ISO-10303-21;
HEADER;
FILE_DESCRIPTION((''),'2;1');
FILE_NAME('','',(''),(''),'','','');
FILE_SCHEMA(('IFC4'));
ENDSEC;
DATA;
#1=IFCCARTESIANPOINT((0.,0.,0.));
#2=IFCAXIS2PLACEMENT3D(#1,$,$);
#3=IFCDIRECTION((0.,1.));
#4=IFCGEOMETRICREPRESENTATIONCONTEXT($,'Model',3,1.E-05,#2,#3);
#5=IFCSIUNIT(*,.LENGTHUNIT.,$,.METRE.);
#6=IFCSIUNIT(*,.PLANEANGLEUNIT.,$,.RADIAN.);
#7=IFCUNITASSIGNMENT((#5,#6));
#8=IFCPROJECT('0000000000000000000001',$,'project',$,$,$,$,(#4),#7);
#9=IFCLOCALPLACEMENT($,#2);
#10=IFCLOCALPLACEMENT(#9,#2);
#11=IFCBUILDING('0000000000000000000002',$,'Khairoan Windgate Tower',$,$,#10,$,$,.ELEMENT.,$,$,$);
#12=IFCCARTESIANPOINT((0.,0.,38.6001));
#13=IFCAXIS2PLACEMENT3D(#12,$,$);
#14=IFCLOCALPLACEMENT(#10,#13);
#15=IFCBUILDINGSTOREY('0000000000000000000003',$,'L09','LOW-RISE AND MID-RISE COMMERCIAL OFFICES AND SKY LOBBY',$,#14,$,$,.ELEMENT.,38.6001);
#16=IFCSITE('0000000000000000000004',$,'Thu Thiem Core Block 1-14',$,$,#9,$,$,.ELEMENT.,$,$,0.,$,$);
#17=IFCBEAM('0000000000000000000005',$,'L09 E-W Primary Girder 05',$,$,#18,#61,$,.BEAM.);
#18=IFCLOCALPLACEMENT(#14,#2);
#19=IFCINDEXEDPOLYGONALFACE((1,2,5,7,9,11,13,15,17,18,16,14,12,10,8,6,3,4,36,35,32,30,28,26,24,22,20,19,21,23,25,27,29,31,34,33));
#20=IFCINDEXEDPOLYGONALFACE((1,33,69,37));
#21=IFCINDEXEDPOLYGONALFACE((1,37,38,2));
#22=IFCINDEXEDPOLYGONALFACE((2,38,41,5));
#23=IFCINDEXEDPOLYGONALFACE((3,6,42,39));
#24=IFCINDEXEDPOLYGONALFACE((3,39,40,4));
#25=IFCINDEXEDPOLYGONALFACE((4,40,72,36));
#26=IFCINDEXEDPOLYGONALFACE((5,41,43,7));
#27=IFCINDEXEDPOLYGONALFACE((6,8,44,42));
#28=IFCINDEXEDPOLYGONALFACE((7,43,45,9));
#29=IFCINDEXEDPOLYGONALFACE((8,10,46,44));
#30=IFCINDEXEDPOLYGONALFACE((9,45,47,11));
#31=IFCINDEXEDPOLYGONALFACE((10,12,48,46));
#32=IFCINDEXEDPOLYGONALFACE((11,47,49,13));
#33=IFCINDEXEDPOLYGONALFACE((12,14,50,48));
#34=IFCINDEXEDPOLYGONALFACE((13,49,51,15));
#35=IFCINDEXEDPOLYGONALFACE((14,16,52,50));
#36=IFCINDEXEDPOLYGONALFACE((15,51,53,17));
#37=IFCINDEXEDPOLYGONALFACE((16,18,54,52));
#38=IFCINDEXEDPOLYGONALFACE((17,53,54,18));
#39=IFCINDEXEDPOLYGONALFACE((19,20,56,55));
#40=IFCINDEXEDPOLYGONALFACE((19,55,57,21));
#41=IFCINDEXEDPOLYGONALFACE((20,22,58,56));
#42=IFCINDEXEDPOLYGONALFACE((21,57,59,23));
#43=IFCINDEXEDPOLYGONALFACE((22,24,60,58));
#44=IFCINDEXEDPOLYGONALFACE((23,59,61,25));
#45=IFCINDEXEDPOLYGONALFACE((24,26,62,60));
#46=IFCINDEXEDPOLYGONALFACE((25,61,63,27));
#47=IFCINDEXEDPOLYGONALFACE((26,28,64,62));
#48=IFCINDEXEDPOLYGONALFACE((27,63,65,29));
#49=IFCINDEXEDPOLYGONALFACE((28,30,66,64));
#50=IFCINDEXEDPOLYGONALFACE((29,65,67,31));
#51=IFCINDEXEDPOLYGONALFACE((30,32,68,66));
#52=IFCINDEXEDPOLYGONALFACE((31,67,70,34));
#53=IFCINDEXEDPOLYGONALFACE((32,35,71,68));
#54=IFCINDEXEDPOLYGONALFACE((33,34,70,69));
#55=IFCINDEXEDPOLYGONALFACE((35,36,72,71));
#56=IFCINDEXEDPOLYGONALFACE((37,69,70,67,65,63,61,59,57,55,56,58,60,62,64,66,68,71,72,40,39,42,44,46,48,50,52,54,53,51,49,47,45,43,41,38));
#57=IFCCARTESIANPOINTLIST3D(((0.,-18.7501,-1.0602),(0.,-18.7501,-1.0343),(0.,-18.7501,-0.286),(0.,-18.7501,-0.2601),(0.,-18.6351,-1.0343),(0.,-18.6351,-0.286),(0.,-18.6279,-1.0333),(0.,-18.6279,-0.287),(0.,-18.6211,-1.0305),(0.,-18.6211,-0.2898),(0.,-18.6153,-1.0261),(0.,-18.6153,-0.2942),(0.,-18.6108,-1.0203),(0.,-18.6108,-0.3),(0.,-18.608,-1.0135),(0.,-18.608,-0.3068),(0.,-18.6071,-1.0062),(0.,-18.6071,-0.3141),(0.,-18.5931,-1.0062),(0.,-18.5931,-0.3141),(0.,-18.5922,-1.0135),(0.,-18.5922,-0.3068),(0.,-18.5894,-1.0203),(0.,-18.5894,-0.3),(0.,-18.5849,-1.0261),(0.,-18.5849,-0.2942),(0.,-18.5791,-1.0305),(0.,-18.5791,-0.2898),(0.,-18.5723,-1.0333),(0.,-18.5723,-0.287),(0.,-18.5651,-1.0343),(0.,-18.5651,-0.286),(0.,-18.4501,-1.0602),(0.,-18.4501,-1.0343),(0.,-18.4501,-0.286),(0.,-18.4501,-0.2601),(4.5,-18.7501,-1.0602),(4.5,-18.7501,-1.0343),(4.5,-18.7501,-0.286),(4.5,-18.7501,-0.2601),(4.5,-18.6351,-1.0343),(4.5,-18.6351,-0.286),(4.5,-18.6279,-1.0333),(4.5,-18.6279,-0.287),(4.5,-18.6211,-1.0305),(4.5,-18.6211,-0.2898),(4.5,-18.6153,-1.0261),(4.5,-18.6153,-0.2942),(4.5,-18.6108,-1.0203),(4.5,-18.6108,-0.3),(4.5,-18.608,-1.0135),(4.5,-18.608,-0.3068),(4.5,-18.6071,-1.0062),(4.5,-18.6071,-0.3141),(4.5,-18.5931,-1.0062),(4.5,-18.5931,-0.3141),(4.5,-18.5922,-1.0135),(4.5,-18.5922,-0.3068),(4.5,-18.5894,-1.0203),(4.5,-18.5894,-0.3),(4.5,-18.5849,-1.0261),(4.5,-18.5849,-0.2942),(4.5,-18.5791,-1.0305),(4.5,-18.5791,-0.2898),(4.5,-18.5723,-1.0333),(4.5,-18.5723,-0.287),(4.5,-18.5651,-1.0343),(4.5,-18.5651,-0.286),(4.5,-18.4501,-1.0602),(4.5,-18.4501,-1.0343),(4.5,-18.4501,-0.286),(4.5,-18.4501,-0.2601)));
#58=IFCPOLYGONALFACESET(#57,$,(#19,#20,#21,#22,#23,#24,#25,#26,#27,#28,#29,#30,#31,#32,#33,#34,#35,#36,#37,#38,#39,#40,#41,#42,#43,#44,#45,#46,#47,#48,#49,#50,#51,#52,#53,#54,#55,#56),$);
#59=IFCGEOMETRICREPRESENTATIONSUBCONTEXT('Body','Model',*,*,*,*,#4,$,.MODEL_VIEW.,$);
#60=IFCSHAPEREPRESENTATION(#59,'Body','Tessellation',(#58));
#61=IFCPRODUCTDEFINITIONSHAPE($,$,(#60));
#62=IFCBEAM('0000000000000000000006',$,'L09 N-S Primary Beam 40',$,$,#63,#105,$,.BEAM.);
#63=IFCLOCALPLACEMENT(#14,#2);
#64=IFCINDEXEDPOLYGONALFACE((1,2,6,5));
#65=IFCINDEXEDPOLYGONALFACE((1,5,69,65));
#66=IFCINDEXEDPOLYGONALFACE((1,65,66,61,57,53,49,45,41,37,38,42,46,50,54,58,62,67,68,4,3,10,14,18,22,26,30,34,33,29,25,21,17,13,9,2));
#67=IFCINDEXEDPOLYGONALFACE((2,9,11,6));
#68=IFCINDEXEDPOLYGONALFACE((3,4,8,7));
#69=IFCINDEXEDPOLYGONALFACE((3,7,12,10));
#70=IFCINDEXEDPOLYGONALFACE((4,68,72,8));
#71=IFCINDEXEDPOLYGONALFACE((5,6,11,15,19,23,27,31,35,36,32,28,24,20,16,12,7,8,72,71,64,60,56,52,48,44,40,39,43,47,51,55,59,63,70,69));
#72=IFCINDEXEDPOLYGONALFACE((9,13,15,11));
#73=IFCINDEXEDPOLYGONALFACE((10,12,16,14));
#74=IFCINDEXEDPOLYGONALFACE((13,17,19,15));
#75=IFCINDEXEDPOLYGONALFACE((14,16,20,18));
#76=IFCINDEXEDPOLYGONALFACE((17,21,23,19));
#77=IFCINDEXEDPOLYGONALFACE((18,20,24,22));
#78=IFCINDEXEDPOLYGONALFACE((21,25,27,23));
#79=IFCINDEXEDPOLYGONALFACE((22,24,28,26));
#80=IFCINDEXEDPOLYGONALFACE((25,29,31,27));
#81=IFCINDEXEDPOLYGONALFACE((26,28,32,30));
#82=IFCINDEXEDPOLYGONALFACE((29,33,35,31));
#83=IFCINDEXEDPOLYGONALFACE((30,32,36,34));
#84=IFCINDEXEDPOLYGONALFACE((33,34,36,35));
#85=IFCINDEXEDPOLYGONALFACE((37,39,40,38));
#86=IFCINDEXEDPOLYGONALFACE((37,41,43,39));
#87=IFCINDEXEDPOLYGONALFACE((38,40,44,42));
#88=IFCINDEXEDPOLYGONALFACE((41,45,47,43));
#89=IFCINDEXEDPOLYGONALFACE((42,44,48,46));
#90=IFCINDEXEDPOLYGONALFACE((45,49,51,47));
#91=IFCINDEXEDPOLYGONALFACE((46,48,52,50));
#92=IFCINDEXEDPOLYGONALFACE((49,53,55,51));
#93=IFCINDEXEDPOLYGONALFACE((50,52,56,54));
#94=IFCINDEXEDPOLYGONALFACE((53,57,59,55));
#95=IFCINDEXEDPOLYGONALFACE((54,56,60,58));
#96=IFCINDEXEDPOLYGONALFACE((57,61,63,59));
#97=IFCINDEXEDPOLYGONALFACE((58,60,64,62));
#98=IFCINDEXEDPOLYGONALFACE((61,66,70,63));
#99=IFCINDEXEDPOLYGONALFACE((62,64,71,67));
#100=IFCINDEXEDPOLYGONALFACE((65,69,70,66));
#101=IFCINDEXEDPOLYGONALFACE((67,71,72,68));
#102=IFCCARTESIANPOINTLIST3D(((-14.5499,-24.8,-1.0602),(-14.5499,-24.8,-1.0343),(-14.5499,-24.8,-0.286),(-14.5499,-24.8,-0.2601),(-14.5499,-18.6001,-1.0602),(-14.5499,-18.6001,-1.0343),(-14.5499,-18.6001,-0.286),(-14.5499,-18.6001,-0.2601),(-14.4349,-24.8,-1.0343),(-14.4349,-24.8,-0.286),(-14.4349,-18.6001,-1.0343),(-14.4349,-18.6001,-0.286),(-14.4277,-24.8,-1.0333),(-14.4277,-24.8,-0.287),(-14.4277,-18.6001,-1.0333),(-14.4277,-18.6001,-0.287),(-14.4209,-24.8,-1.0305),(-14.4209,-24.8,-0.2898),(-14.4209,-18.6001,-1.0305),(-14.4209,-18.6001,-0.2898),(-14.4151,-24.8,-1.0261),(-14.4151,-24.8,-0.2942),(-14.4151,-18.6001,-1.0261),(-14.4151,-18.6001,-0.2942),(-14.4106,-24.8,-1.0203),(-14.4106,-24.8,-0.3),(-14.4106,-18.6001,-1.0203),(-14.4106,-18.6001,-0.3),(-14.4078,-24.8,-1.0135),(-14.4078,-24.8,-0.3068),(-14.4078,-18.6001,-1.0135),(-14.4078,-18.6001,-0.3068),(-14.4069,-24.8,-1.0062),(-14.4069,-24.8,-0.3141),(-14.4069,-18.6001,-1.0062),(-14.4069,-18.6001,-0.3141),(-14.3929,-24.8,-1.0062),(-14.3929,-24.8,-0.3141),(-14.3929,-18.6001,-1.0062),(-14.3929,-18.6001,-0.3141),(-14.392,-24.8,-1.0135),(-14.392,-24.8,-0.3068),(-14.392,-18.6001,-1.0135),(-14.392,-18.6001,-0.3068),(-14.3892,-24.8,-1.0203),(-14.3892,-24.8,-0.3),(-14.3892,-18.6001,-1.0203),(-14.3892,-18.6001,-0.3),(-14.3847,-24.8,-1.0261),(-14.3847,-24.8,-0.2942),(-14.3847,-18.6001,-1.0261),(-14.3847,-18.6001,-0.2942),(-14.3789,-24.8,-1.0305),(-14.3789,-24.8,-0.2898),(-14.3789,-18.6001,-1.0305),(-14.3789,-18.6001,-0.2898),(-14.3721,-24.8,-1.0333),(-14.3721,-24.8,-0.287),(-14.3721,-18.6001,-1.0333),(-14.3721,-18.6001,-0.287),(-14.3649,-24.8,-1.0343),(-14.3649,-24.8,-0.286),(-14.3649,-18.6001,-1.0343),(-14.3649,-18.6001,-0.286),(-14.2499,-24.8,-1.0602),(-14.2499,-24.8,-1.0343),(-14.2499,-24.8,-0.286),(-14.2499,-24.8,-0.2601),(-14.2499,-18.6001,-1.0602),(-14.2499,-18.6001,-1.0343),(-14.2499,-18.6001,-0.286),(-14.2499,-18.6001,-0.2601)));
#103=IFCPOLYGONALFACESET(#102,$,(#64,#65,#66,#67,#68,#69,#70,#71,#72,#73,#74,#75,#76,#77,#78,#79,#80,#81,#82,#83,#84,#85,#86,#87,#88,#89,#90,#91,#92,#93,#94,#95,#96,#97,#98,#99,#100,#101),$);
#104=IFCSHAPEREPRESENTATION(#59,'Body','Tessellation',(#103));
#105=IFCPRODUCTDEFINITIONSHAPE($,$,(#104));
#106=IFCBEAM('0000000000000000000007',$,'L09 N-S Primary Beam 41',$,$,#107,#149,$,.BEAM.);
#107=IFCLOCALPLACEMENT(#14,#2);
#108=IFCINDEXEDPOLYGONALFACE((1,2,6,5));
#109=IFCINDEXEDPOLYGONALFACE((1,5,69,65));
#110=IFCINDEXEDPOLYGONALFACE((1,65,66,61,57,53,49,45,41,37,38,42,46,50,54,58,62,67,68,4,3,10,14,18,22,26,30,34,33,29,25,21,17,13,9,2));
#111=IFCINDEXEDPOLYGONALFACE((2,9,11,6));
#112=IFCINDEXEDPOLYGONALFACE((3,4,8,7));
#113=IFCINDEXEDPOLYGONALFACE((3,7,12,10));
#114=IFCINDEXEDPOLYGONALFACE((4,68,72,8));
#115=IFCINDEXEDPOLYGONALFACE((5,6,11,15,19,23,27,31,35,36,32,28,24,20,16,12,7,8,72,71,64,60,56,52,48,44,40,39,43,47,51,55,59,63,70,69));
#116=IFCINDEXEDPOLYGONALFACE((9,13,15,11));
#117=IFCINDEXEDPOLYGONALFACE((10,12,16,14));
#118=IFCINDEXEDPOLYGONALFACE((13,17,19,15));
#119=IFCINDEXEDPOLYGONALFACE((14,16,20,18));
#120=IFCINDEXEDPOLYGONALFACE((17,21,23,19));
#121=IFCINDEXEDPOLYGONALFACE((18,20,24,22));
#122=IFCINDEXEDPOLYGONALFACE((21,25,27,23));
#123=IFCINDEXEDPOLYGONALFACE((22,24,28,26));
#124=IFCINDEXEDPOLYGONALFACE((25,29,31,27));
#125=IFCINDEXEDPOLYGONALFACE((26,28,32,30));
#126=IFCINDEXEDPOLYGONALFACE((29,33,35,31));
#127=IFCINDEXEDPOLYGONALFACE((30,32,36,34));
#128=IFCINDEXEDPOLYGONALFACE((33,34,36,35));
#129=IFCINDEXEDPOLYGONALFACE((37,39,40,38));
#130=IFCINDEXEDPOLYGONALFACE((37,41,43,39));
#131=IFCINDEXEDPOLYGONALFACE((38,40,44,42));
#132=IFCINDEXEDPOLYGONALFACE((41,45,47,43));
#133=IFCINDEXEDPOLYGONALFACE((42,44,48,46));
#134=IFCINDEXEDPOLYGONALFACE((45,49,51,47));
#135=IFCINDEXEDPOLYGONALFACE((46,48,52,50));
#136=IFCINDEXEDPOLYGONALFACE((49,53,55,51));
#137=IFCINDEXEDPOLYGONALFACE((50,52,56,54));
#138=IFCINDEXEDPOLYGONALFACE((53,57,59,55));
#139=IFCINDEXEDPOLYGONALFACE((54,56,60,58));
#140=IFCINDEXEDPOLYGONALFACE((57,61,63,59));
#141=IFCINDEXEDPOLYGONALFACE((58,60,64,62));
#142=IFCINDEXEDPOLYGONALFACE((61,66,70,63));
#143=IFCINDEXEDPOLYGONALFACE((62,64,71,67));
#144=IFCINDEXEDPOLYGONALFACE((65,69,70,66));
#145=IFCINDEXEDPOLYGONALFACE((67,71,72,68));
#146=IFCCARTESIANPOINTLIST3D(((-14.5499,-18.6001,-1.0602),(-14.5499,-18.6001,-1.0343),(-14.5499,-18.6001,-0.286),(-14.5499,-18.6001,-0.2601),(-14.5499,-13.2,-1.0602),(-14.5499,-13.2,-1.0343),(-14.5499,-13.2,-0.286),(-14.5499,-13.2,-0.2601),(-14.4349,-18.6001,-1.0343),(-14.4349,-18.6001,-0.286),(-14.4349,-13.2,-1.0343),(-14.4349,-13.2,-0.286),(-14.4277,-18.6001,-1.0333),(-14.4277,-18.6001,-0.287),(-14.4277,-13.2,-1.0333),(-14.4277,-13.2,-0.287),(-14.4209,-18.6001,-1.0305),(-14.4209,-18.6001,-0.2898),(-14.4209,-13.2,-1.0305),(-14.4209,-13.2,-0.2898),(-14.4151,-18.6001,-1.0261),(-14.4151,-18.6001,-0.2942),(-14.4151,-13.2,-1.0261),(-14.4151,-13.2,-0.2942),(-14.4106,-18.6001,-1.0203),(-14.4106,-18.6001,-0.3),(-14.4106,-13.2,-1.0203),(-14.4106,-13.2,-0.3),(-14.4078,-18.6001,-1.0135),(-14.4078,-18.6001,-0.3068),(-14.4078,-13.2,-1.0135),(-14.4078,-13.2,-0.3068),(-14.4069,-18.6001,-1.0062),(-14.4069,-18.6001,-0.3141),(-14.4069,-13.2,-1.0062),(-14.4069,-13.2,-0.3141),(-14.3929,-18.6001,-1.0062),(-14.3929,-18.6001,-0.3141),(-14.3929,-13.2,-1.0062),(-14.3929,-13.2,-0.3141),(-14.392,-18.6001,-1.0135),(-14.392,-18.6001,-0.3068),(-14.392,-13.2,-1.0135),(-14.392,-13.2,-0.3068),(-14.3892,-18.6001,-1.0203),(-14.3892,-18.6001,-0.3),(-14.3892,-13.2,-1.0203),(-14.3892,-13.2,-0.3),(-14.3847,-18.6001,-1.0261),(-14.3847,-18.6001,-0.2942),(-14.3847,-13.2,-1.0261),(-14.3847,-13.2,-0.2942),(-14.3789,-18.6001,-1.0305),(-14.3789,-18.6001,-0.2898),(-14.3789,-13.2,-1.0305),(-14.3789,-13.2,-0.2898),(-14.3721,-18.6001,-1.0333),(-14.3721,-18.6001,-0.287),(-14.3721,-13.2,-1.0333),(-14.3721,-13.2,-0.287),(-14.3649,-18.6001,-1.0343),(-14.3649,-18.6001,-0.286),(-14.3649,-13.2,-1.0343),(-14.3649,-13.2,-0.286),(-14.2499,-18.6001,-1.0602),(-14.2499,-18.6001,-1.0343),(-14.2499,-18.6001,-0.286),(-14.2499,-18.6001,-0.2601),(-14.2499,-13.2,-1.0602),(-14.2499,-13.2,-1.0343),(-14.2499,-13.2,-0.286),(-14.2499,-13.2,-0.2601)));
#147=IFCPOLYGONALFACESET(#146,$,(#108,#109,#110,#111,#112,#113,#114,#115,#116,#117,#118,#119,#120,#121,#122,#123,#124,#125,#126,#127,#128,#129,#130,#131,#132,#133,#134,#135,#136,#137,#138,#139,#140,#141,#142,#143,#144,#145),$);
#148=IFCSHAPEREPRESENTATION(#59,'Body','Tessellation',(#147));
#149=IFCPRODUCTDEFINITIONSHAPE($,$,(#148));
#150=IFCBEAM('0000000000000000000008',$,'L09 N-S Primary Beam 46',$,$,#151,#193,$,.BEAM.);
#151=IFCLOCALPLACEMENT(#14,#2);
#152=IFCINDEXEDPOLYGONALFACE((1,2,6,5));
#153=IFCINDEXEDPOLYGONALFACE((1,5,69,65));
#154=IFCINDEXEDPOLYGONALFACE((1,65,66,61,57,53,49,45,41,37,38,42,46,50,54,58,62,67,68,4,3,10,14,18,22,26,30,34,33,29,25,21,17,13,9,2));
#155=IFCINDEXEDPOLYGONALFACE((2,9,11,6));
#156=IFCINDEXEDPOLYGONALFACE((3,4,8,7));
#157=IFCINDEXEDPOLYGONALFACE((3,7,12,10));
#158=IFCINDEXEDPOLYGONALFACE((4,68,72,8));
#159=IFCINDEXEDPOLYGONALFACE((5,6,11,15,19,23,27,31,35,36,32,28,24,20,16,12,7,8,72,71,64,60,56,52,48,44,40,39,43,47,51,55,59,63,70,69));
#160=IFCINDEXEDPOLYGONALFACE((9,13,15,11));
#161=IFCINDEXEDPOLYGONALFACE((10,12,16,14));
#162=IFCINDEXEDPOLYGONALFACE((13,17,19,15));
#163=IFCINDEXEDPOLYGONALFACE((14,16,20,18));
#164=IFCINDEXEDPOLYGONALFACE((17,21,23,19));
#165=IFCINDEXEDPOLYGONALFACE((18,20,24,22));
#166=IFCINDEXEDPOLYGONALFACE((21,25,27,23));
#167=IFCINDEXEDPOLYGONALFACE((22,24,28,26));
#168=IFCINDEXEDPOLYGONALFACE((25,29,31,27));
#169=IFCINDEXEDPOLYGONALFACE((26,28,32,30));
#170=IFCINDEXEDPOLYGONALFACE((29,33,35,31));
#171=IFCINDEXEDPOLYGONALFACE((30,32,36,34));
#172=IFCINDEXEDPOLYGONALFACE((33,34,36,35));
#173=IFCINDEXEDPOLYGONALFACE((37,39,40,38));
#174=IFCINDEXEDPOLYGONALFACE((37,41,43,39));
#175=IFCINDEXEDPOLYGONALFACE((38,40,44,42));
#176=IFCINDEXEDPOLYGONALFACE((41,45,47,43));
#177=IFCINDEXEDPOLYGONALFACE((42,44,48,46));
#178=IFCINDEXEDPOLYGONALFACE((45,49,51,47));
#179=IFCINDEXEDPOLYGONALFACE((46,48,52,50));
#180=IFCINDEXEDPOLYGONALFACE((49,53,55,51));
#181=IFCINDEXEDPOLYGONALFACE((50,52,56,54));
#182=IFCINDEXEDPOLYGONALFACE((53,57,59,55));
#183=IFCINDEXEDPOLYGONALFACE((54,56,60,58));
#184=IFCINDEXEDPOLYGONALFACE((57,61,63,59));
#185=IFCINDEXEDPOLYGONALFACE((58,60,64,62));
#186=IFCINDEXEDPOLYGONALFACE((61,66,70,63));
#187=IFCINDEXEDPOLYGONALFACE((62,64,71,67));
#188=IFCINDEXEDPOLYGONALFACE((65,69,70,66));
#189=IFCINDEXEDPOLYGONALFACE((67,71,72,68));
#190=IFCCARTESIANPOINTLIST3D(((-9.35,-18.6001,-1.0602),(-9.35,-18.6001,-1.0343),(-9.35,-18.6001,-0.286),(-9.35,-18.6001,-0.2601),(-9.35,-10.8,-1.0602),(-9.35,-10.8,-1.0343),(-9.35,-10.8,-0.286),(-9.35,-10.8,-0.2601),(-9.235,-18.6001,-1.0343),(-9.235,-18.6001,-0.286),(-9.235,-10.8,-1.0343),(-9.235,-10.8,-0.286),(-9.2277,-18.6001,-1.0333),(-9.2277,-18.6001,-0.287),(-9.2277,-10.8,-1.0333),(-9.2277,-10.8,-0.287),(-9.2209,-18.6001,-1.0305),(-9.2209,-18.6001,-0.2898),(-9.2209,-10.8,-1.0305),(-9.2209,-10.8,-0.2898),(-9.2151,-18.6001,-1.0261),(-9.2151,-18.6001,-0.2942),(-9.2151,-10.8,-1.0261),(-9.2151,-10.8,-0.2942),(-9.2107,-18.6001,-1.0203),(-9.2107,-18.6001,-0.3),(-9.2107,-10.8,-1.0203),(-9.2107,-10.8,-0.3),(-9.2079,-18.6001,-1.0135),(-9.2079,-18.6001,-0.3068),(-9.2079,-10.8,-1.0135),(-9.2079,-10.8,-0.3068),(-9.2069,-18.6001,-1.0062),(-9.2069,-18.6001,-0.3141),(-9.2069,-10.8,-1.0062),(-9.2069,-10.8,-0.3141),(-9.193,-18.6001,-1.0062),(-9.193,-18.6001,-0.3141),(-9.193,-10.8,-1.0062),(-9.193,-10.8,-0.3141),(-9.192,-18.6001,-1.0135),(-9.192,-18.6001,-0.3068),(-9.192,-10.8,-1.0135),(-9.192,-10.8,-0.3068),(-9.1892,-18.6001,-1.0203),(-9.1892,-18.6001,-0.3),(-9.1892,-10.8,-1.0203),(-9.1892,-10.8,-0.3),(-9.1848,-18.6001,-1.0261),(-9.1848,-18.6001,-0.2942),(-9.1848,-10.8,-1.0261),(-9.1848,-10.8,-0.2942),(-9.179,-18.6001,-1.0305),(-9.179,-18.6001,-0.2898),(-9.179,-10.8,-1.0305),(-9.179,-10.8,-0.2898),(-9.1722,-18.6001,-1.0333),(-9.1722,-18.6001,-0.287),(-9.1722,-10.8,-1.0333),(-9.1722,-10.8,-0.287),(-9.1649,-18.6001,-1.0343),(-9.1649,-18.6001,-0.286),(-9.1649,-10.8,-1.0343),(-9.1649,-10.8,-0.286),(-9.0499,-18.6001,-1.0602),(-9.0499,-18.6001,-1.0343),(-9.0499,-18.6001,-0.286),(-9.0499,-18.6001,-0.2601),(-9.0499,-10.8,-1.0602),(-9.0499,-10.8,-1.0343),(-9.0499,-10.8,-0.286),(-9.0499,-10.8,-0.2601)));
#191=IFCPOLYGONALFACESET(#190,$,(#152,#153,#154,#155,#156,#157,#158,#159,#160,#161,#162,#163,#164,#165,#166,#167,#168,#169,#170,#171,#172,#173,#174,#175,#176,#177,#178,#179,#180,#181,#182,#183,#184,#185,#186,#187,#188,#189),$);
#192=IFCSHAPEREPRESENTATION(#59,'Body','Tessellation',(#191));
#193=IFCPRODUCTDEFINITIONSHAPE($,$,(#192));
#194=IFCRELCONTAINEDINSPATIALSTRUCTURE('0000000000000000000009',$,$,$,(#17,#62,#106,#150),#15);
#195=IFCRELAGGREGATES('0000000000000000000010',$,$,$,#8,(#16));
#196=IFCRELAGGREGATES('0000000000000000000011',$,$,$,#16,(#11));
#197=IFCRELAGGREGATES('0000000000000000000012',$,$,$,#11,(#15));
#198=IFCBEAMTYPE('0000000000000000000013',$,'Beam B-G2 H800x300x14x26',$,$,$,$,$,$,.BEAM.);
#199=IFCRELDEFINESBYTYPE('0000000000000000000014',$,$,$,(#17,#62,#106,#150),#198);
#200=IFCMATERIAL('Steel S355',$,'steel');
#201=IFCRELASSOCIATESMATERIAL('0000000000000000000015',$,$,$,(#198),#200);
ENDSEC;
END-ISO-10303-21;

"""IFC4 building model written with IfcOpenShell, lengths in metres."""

from ifc_helpers import new_model, si_unit, direction, frame, origin, origin_2d, place, context, subcontext, project, spatial, i_section, extrude, material, material_profile, profile_set, type_object, element, save


model = new_model("IFC4")

# Units and contexts
model_context = context("Model", 3, precision=1e-05, world=origin(), true_north=direction((0.0, 1.0)))
body_context = subcontext(model_context, "Body", "Model", "MODEL_VIEW")
ifc_project = project(units=[si_unit("LENGTHUNIT", "METRE"), si_unit("PLANEANGLEUNIT", "RADIAN")], contexts=[model_context])

# Site, building, storey
site_placement = place(None, origin())
site = spatial("IfcSite", under=ifc_project, at=site_placement, Name="Thu Thiem Core Block 1-14", CompositionType="ELEMENT", RefElevation=0.0)
building_placement = place(site_placement, origin())
building = spatial("IfcBuilding", under=site, at=building_placement, Name="Khairoan Windgate Tower", CompositionType="ELEMENT")
storey_placement = place(building_placement, frame((0.0, 0.0, 38.6001)))
storey = spatial("IfcBuildingStorey", under=building, at=storey_placement, Name="L09", Description="LOW-RISE AND MID-RISE COMMERCIAL OFFICES AND SKY LOBBY", CompositionType="ELEMENT", Elevation=38.6001)

# Beams
ifc_material_1 = material(Name="Steel S355", Category="steel")
ifc_material_profile_1 = material_profile(ifc_material_1, i_section(OverallWidth=0.3, OverallDepth=0.8, WebThickness=0.0139, FlangeThickness=0.0259, FilletRadius=0.0281, at=origin_2d()))
ifc_profile_set_1 = profile_set([ifc_material_profile_1], Name="Steel S355")
beam_type_1 = type_object("IfcBeamType", Name="Beam B-G2 H800x300x14x26", PredefinedType="BEAM", material=ifc_profile_set_1)
for number, where, z_axis, x_axis, name in (
    (1, (0.0, -18.6001, -0.6602), (1.0, 0.0, 0.0), (0.0, 1.0, 0.0), "L09 E-W Primary Girder 05"),
):
    element("IfcBeam", number, at=place(storey_placement, frame(where, z_axis=z_axis, x_axis=x_axis)), inside=storey, type_object=beam_type_1, Name=name, PredefinedType="BEAM", context=body_context, shape_type="SweptSolid", body=[
        extrude(i_section(OverallWidth=0.3, OverallDepth=0.8, WebThickness=0.0139, FlangeThickness=0.0259, FilletRadius=0.0281, at=origin_2d()), origin(), (0.0, 0.0, 1.0), 4.5),
    ])
beam_1_placement = place(storey_placement, frame((-14.3999, -24.8, -0.6602), z_axis=(0.0, 1.0, 0.0), x_axis=(-1.0, 0.0, 0.0)))
element("IfcBeam", 2, at=beam_1_placement, inside=storey, type_object=beam_type_1, Name="L09 N-S Primary Beam 40", PredefinedType="BEAM", context=body_context, shape_type="SweptSolid", body=[
    extrude(i_section(OverallWidth=0.3, OverallDepth=0.8, WebThickness=0.0139, FlangeThickness=0.0259, FilletRadius=0.0281, at=origin_2d()), origin(), (0.0, 0.0, 1.0), 6.2),
])
beam_2_placement = place(storey_placement, frame((-14.3999, -18.6001, -0.6602), z_axis=(0.0, 1.0, 0.0), x_axis=(-1.0, 0.0, 0.0)))
element("IfcBeam", 3, at=beam_2_placement, inside=storey, type_object=beam_type_1, Name="L09 N-S Primary Beam 41", PredefinedType="BEAM", context=body_context, shape_type="SweptSolid", body=[
    extrude(i_section(OverallWidth=0.3, OverallDepth=0.8, WebThickness=0.0139, FlangeThickness=0.0259, FilletRadius=0.0281, at=origin_2d()), origin(), (0.0, 0.0, 1.0), 5.4001),
])
beam_3_placement = place(storey_placement, frame((-9.2, -18.6001, -0.6602), z_axis=(0.0, 1.0, 0.0), x_axis=(-1.0, 0.0, 0.0)))
element("IfcBeam", 4, at=beam_3_placement, inside=storey, type_object=beam_type_1, Name="L09 N-S Primary Beam 46", PredefinedType="BEAM", context=body_context, shape_type="SweptSolid", body=[
    extrude(i_section(OverallWidth=0.3, OverallDepth=0.8, WebThickness=0.0139, FlangeThickness=0.0259, FilletRadius=0.0281, at=origin_2d()), origin(), (0.0, 0.0, 1.0), 7.8),
])

save(model, "model.ifc")
